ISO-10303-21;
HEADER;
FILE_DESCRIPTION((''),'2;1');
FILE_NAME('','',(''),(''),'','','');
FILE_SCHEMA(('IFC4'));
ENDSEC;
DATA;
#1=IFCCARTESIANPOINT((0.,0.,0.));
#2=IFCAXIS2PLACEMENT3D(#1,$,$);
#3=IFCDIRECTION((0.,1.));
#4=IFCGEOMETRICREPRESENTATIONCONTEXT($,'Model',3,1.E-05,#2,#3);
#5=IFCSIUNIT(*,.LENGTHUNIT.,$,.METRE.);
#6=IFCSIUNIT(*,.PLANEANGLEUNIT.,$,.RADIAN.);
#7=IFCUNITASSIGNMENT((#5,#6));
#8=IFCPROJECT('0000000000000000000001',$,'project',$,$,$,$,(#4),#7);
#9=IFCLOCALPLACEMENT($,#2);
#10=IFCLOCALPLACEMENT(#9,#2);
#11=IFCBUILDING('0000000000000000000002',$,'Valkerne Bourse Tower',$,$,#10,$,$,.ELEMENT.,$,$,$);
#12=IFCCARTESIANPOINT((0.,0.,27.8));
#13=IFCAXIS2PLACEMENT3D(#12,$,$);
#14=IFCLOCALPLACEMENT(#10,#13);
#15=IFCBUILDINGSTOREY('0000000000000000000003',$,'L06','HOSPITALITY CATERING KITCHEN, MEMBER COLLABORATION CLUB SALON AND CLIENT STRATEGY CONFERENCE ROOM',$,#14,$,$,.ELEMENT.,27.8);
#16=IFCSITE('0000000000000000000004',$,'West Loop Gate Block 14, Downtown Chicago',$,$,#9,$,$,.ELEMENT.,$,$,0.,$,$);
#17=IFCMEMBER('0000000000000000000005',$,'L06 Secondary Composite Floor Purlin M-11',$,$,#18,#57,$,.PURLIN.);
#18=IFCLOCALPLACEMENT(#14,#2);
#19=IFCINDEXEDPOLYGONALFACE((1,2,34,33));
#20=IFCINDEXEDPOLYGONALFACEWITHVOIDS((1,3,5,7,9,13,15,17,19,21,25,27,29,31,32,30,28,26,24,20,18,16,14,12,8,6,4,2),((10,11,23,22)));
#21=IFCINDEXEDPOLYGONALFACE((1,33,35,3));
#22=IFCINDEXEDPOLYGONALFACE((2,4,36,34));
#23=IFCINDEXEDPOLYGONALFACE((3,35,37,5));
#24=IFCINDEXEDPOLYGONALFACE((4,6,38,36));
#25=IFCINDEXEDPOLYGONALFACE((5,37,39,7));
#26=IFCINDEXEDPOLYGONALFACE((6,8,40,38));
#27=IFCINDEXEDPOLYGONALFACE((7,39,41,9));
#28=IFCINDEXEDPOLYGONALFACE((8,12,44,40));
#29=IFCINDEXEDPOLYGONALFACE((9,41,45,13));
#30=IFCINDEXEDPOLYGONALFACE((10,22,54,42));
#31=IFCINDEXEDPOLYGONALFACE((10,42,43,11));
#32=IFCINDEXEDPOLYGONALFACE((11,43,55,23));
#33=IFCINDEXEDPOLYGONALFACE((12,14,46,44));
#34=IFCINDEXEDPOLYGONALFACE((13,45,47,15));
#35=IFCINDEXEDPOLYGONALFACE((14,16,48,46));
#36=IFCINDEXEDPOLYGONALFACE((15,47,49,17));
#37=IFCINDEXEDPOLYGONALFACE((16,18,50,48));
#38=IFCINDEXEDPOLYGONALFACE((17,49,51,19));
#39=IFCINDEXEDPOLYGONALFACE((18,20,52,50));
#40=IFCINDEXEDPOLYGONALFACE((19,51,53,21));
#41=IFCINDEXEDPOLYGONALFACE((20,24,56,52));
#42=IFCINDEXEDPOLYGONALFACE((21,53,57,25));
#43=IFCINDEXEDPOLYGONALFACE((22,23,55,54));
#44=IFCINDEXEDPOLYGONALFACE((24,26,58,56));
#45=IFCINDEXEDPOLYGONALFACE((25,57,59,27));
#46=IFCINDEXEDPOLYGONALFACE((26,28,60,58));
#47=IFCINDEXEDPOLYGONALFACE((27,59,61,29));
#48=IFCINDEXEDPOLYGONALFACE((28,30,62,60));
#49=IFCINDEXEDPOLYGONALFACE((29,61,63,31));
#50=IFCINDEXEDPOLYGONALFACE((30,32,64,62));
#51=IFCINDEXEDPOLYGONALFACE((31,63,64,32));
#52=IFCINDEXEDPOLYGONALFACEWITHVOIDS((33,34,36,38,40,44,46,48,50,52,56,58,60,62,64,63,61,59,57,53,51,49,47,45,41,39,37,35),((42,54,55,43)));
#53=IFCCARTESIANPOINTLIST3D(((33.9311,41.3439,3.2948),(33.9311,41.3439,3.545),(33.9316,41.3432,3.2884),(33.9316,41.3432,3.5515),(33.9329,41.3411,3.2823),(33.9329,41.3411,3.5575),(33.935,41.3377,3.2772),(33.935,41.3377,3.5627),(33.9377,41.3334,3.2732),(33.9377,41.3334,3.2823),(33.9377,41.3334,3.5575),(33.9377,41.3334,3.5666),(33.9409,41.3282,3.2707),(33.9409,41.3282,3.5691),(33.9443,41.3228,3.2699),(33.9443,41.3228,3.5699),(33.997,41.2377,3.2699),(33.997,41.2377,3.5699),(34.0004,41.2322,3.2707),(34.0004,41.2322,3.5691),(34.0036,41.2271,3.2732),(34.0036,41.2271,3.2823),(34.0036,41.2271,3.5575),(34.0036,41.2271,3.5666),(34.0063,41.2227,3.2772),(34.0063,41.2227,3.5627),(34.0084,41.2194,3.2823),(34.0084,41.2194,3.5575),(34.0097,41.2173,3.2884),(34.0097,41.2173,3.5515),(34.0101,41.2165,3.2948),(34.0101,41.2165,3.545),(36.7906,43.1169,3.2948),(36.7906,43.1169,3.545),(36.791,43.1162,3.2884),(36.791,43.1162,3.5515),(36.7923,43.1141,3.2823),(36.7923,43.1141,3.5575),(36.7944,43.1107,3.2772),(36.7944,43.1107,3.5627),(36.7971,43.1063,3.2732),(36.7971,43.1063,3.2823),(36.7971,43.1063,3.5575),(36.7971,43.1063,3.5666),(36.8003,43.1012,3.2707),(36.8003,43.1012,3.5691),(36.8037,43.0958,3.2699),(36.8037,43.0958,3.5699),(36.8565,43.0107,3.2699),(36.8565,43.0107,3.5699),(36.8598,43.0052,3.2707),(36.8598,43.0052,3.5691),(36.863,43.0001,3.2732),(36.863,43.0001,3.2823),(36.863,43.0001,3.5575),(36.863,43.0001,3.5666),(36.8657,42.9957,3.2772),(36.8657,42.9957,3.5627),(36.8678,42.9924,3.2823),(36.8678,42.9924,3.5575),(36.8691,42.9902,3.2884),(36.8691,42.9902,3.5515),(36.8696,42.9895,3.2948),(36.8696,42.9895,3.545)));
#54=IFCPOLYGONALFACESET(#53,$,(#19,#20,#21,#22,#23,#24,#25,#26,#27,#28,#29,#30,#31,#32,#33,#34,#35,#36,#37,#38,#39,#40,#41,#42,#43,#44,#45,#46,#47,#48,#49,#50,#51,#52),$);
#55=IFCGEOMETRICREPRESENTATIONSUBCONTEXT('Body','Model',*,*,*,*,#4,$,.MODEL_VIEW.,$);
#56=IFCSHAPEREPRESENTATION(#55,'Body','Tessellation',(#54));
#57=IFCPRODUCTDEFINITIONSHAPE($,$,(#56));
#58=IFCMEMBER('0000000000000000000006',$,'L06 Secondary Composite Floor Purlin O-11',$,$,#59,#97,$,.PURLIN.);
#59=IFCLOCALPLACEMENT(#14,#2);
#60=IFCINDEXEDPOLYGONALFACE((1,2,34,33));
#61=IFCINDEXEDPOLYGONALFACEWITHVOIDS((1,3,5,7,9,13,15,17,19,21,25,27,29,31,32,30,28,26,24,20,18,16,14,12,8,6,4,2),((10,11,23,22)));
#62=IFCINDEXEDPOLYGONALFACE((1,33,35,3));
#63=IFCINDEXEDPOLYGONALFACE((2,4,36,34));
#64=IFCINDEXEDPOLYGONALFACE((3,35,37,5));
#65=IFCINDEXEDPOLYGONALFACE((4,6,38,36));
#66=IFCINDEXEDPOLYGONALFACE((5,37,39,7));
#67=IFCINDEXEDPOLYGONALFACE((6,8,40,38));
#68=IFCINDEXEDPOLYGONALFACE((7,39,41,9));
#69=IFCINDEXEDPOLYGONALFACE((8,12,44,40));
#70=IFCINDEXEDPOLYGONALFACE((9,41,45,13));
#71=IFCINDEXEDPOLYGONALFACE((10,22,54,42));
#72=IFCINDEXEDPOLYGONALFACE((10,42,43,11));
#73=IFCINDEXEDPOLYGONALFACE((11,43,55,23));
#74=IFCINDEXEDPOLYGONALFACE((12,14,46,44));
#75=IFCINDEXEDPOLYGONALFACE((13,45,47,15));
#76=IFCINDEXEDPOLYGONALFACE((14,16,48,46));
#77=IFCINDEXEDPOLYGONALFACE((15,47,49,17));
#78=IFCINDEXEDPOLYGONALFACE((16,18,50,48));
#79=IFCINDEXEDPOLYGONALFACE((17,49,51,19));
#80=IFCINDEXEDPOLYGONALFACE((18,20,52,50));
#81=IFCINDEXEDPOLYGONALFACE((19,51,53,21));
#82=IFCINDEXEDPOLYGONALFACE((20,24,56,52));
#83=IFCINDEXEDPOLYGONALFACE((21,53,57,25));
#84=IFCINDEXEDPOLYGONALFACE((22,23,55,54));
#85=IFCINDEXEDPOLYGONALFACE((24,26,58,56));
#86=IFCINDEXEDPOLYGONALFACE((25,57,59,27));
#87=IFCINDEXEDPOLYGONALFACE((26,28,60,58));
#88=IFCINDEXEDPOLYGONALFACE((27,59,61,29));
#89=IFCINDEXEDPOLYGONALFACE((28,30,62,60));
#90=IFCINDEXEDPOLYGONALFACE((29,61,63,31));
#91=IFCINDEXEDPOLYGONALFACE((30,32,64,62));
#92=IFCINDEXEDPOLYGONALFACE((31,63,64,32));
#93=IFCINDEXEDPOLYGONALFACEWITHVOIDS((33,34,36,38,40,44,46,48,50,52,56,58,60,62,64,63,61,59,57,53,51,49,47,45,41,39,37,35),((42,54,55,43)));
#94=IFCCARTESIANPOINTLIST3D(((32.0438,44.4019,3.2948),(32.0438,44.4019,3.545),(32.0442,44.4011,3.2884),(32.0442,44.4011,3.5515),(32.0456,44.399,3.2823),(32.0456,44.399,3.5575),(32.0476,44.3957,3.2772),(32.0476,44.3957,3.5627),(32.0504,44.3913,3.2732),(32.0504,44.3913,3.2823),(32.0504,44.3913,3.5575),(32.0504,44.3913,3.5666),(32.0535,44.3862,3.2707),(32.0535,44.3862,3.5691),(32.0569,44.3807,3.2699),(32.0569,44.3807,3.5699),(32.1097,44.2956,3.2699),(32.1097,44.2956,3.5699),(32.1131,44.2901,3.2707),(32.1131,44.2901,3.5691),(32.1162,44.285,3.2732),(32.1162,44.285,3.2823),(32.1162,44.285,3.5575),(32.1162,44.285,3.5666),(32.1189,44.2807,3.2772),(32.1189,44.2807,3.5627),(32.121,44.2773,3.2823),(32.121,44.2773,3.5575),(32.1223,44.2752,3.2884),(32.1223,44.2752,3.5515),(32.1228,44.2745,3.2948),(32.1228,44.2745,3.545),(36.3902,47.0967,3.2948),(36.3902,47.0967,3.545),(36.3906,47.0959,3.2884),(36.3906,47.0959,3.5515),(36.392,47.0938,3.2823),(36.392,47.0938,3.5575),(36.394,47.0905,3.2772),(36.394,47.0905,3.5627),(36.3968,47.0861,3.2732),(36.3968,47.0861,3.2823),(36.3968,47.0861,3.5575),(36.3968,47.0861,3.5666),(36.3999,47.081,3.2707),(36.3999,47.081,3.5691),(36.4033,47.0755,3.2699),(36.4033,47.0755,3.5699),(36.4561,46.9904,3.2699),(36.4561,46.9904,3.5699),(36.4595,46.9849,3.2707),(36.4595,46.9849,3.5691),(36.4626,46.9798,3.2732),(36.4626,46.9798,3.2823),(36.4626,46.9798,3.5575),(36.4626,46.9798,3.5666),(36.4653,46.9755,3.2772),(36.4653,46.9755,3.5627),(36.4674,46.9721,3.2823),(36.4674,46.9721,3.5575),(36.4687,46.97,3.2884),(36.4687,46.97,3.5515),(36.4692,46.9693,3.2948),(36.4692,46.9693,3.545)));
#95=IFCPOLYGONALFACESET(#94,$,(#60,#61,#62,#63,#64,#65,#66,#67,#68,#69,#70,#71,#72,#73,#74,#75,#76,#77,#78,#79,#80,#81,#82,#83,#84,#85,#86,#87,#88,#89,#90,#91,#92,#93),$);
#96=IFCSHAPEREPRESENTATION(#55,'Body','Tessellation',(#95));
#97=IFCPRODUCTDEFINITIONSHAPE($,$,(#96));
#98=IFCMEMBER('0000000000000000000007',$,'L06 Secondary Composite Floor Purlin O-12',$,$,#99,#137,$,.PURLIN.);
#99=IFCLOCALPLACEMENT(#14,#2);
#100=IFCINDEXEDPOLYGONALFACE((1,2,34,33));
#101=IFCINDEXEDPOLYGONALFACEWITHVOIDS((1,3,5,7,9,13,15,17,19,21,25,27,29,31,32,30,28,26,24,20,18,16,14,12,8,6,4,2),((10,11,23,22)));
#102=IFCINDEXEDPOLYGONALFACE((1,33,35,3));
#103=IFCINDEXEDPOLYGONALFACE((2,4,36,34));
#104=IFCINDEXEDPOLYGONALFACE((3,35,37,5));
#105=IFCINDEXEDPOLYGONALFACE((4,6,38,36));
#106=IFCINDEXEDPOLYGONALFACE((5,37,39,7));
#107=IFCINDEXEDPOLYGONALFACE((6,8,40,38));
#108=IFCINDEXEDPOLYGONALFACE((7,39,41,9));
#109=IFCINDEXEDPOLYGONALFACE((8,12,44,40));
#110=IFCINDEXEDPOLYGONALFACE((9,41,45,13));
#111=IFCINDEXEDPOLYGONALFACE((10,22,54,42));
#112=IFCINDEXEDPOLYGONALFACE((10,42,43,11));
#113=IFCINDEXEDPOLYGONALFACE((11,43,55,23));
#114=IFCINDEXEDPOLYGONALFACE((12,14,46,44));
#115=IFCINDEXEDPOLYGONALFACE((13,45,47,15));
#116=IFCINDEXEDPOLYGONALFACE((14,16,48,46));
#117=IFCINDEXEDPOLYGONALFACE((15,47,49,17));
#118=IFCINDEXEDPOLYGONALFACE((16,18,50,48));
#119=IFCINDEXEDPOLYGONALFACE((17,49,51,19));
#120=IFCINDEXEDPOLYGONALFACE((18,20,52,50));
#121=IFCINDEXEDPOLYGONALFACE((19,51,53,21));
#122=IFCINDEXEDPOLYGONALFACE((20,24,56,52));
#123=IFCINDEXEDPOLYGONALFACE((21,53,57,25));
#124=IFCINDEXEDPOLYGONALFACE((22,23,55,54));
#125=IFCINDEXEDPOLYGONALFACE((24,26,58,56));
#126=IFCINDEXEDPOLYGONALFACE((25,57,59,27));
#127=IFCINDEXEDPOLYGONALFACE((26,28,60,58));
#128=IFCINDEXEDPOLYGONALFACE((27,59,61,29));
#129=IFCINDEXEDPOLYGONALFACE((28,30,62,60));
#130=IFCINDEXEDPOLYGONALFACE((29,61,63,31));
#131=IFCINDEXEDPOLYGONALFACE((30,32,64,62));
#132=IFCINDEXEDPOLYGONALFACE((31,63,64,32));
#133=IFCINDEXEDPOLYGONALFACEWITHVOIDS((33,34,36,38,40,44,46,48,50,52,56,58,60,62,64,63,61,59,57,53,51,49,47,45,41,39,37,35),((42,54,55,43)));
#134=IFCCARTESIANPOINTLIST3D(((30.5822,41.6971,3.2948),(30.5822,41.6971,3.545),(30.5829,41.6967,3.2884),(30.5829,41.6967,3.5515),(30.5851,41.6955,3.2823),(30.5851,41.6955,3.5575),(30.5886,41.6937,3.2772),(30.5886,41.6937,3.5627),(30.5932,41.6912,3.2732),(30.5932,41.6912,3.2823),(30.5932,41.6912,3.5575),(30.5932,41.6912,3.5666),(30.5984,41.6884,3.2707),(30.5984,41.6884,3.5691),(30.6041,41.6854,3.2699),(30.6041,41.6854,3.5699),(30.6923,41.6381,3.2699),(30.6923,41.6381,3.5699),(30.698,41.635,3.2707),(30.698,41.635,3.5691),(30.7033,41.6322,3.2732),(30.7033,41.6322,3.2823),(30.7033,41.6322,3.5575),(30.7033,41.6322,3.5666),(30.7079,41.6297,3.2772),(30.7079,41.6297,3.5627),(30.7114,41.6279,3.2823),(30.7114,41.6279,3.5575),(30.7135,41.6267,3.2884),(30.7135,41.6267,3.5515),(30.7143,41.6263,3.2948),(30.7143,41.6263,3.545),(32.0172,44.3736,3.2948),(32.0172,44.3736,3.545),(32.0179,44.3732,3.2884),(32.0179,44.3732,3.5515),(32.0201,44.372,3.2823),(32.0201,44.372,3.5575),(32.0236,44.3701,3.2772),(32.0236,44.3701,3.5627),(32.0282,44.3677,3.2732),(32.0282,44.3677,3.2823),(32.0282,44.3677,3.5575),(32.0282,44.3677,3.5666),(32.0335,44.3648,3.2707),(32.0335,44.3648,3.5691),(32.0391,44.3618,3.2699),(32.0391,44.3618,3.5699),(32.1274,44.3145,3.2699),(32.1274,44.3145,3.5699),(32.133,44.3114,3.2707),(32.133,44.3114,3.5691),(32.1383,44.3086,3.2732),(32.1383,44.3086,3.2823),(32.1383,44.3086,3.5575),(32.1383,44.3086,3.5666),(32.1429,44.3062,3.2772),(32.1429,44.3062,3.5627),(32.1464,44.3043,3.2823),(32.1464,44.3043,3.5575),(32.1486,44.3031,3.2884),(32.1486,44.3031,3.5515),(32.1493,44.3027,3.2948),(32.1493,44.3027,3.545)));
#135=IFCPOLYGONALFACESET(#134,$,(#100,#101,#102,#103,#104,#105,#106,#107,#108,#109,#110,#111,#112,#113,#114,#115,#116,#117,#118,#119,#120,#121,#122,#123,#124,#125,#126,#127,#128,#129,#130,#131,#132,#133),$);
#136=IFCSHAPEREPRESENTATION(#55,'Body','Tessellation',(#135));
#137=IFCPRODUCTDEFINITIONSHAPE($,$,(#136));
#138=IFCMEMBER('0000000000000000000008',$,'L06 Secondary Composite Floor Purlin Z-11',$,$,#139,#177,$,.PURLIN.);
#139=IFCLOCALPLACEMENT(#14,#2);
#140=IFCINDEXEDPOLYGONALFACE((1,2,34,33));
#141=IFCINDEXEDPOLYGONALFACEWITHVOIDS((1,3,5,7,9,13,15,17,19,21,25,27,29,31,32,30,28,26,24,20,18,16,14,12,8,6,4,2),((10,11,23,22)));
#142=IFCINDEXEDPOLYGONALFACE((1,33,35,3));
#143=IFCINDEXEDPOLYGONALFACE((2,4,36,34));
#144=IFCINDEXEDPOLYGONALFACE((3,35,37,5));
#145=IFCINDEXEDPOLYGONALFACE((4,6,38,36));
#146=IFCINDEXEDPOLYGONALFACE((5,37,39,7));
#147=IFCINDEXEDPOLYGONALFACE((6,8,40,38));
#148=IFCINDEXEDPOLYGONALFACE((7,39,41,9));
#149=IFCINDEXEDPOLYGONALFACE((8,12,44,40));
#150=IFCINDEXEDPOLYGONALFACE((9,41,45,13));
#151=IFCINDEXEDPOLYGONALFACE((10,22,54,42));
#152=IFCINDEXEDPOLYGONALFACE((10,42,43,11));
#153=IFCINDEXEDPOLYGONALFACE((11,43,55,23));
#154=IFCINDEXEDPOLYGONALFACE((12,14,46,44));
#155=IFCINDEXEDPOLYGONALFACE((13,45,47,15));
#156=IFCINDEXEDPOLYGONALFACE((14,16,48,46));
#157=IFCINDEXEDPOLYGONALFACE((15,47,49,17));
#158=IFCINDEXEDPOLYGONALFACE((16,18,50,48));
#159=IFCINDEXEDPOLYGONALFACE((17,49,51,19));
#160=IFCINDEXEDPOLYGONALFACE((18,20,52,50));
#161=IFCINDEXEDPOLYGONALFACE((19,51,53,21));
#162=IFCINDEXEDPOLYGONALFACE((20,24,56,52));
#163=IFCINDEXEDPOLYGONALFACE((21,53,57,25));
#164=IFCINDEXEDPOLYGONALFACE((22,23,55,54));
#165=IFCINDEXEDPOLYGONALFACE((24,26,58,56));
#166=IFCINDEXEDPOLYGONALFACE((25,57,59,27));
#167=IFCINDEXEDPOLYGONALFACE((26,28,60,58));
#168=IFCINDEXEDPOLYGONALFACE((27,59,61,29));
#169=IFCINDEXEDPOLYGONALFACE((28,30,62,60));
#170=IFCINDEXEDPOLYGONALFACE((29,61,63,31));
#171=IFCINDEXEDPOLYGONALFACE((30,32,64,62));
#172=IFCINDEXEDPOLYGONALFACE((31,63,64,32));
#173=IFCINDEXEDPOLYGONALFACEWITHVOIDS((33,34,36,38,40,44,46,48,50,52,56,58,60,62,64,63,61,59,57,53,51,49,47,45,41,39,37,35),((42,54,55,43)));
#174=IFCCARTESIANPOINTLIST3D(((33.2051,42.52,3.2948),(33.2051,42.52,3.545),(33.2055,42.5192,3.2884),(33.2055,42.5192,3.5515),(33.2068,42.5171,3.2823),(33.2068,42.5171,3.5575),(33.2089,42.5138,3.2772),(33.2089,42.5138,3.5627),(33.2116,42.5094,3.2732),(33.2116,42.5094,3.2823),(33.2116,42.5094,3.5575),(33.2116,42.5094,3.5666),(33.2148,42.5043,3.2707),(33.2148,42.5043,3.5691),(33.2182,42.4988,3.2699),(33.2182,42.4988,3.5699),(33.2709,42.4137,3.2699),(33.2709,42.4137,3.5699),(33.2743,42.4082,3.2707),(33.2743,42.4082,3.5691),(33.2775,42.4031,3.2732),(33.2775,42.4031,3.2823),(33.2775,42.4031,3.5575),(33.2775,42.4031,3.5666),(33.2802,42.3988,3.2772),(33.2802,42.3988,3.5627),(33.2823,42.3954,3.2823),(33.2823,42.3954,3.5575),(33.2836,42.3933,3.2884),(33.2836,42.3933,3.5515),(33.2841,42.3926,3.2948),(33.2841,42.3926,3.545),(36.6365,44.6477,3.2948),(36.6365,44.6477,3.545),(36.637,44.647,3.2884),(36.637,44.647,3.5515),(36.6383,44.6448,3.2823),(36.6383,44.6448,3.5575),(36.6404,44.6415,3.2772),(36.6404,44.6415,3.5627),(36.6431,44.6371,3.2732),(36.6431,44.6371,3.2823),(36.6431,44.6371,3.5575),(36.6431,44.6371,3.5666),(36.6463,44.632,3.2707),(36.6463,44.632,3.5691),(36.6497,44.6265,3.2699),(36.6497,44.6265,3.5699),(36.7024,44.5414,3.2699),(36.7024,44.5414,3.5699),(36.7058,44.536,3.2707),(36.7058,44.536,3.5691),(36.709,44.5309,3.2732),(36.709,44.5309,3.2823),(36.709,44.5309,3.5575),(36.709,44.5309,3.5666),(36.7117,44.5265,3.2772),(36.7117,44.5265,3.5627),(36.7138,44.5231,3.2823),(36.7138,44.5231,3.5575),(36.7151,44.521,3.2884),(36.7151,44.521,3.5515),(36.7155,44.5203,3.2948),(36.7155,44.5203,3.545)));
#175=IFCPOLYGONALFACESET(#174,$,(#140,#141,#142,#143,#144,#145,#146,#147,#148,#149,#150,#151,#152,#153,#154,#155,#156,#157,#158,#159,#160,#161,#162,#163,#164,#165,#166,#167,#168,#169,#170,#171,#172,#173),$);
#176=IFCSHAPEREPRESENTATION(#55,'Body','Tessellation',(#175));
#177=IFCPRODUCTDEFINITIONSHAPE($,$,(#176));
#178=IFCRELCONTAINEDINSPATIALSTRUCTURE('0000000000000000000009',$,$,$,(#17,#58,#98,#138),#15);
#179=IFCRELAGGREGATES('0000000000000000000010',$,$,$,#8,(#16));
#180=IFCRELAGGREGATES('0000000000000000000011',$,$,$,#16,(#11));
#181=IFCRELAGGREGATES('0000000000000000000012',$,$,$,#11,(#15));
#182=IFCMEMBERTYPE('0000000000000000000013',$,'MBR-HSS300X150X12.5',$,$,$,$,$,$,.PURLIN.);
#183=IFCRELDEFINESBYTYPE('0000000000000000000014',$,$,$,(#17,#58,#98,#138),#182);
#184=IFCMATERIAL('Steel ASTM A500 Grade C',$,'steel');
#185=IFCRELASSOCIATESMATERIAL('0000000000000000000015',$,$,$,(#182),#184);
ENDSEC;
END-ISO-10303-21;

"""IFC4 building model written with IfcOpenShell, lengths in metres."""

from ifc_helpers import new_model, si_unit, direction, frame, origin, origin_2d, place, context, subcontext, project, spatial, hollow_rectangle, extrude, material, material_profile, profile_set, type_object, element, save


model = new_model("IFC4")

# Units and contexts
model_context = context("Model", 3, precision=1e-05, world=origin(), true_north=direction((0.0, 1.0)))
body_context = subcontext(model_context, "Body", "Model", "MODEL_VIEW")
ifc_project = project(units=[si_unit("LENGTHUNIT", "METRE"), si_unit("PLANEANGLEUNIT", "RADIAN")], contexts=[model_context])

# Site, building, storey
site_placement = place(None, origin())
site = spatial("IfcSite", under=ifc_project, at=site_placement, Name="West Loop Gate Block 14, Downtown Chicago", CompositionType="ELEMENT", RefElevation=0.0)
building_placement = place(site_placement, origin())
building = spatial("IfcBuilding", under=site, at=building_placement, Name="Valkerne Bourse Tower", CompositionType="ELEMENT")
storey_placement = place(building_placement, frame((0.0, 0.0, 27.8)))
storey = spatial("IfcBuildingStorey", under=building, at=storey_placement, Name="L06", Description="HOSPITALITY CATERING KITCHEN, MEMBER COLLABORATION CLUB SALON AND CLIENT STRATEGY CONFERENCE ROOM", CompositionType="ELEMENT", Elevation=27.8)

# Members
ifc_material_1 = material(Name="Steel ASTM A500 Grade C", Category="steel")
ifc_material_profile_1 = material_profile(ifc_material_1, hollow_rectangle(XDim=0.1499, YDim=0.3, WallThickness=0.0125, OuterFilletRadius=0.0249, at=origin_2d()), Name="HSS300X150X12.5")
ifc_profile_set_1 = profile_set([ifc_material_profile_1], Name="Steel ASTM A500 Grade C")
member_type_1 = type_object("IfcMemberType", Name="MBR-HSS300X150X12.5", PredefinedType="PURLIN", material=ifc_profile_set_1)
member_1_placement = place(storey_placement, frame((36.8301, 43.0532, 3.4199), z_axis=(-0.849884, -0.526969, 0.0), x_axis=(0.526969, -0.849884, 0.0)))
element("IfcMember", 1, at=member_1_placement, inside=storey, type_object=member_type_1, Name="L06 Secondary Composite Floor Purlin M-11", PredefinedType="PURLIN", context=body_context, shape_type="SweptSolid", body=[
    extrude(hollow_rectangle(XDim=0.1499, YDim=0.3, WallThickness=0.0125, OuterFilletRadius=0.0249, at=origin_2d()), origin(), (0.0, 0.0, 1.0), 3.3645),
])
member_2_placement = place(storey_placement, frame((36.4297, 47.033, 3.4199), z_axis=(-0.8499, -0.526944, 0.0), x_axis=(0.526944, -0.8499, 0.0)))
element("IfcMember", 2, at=member_2_placement, inside=storey, type_object=member_type_1, Name="L06 Secondary Composite Floor Purlin O-11", PredefinedType="PURLIN", context=body_context, shape_type="SweptSolid", body=[
    extrude(hollow_rectangle(XDim=0.1499, YDim=0.3, WallThickness=0.0125, OuterFilletRadius=0.0249, at=origin_2d()), origin(), (0.0, 0.0, 1.0), 5.114),
])
member_3_placement = place(storey_placement, frame((32.0833, 44.3381, 3.4199), z_axis=(-0.472531, -0.881314, 0.0), x_axis=(0.881314, -0.472531, 0.0)))
element("IfcMember", 3, at=member_3_placement, inside=storey, type_object=member_type_1, Name="L06 Secondary Composite Floor Purlin O-12", PredefinedType="PURLIN", context=body_context, shape_type="SweptSolid", body=[
    extrude(hollow_rectangle(XDim=0.1499, YDim=0.3, WallThickness=0.0125, OuterFilletRadius=0.0249, at=origin_2d()), origin(), (0.0, 0.0, 1.0), 3.0369),
])
member_4_placement = place(storey_placement, frame((36.676, 44.584, 3.4199), z_axis=(-0.849878, -0.526979, 0.0), x_axis=(0.526979, -0.849878, 0.0)))
element("IfcMember", 4, at=member_4_placement, inside=storey, type_object=member_type_1, Name="L06 Secondary Composite Floor Purlin Z-11", PredefinedType="PURLIN", context=body_context, shape_type="SweptSolid", body=[
    extrude(hollow_rectangle(XDim=0.1499, YDim=0.3, WallThickness=0.0125, OuterFilletRadius=0.0249, at=origin_2d()), origin(), (0.0, 0.0, 1.0), 4.0376),
])

save(model, "model.ifc")
